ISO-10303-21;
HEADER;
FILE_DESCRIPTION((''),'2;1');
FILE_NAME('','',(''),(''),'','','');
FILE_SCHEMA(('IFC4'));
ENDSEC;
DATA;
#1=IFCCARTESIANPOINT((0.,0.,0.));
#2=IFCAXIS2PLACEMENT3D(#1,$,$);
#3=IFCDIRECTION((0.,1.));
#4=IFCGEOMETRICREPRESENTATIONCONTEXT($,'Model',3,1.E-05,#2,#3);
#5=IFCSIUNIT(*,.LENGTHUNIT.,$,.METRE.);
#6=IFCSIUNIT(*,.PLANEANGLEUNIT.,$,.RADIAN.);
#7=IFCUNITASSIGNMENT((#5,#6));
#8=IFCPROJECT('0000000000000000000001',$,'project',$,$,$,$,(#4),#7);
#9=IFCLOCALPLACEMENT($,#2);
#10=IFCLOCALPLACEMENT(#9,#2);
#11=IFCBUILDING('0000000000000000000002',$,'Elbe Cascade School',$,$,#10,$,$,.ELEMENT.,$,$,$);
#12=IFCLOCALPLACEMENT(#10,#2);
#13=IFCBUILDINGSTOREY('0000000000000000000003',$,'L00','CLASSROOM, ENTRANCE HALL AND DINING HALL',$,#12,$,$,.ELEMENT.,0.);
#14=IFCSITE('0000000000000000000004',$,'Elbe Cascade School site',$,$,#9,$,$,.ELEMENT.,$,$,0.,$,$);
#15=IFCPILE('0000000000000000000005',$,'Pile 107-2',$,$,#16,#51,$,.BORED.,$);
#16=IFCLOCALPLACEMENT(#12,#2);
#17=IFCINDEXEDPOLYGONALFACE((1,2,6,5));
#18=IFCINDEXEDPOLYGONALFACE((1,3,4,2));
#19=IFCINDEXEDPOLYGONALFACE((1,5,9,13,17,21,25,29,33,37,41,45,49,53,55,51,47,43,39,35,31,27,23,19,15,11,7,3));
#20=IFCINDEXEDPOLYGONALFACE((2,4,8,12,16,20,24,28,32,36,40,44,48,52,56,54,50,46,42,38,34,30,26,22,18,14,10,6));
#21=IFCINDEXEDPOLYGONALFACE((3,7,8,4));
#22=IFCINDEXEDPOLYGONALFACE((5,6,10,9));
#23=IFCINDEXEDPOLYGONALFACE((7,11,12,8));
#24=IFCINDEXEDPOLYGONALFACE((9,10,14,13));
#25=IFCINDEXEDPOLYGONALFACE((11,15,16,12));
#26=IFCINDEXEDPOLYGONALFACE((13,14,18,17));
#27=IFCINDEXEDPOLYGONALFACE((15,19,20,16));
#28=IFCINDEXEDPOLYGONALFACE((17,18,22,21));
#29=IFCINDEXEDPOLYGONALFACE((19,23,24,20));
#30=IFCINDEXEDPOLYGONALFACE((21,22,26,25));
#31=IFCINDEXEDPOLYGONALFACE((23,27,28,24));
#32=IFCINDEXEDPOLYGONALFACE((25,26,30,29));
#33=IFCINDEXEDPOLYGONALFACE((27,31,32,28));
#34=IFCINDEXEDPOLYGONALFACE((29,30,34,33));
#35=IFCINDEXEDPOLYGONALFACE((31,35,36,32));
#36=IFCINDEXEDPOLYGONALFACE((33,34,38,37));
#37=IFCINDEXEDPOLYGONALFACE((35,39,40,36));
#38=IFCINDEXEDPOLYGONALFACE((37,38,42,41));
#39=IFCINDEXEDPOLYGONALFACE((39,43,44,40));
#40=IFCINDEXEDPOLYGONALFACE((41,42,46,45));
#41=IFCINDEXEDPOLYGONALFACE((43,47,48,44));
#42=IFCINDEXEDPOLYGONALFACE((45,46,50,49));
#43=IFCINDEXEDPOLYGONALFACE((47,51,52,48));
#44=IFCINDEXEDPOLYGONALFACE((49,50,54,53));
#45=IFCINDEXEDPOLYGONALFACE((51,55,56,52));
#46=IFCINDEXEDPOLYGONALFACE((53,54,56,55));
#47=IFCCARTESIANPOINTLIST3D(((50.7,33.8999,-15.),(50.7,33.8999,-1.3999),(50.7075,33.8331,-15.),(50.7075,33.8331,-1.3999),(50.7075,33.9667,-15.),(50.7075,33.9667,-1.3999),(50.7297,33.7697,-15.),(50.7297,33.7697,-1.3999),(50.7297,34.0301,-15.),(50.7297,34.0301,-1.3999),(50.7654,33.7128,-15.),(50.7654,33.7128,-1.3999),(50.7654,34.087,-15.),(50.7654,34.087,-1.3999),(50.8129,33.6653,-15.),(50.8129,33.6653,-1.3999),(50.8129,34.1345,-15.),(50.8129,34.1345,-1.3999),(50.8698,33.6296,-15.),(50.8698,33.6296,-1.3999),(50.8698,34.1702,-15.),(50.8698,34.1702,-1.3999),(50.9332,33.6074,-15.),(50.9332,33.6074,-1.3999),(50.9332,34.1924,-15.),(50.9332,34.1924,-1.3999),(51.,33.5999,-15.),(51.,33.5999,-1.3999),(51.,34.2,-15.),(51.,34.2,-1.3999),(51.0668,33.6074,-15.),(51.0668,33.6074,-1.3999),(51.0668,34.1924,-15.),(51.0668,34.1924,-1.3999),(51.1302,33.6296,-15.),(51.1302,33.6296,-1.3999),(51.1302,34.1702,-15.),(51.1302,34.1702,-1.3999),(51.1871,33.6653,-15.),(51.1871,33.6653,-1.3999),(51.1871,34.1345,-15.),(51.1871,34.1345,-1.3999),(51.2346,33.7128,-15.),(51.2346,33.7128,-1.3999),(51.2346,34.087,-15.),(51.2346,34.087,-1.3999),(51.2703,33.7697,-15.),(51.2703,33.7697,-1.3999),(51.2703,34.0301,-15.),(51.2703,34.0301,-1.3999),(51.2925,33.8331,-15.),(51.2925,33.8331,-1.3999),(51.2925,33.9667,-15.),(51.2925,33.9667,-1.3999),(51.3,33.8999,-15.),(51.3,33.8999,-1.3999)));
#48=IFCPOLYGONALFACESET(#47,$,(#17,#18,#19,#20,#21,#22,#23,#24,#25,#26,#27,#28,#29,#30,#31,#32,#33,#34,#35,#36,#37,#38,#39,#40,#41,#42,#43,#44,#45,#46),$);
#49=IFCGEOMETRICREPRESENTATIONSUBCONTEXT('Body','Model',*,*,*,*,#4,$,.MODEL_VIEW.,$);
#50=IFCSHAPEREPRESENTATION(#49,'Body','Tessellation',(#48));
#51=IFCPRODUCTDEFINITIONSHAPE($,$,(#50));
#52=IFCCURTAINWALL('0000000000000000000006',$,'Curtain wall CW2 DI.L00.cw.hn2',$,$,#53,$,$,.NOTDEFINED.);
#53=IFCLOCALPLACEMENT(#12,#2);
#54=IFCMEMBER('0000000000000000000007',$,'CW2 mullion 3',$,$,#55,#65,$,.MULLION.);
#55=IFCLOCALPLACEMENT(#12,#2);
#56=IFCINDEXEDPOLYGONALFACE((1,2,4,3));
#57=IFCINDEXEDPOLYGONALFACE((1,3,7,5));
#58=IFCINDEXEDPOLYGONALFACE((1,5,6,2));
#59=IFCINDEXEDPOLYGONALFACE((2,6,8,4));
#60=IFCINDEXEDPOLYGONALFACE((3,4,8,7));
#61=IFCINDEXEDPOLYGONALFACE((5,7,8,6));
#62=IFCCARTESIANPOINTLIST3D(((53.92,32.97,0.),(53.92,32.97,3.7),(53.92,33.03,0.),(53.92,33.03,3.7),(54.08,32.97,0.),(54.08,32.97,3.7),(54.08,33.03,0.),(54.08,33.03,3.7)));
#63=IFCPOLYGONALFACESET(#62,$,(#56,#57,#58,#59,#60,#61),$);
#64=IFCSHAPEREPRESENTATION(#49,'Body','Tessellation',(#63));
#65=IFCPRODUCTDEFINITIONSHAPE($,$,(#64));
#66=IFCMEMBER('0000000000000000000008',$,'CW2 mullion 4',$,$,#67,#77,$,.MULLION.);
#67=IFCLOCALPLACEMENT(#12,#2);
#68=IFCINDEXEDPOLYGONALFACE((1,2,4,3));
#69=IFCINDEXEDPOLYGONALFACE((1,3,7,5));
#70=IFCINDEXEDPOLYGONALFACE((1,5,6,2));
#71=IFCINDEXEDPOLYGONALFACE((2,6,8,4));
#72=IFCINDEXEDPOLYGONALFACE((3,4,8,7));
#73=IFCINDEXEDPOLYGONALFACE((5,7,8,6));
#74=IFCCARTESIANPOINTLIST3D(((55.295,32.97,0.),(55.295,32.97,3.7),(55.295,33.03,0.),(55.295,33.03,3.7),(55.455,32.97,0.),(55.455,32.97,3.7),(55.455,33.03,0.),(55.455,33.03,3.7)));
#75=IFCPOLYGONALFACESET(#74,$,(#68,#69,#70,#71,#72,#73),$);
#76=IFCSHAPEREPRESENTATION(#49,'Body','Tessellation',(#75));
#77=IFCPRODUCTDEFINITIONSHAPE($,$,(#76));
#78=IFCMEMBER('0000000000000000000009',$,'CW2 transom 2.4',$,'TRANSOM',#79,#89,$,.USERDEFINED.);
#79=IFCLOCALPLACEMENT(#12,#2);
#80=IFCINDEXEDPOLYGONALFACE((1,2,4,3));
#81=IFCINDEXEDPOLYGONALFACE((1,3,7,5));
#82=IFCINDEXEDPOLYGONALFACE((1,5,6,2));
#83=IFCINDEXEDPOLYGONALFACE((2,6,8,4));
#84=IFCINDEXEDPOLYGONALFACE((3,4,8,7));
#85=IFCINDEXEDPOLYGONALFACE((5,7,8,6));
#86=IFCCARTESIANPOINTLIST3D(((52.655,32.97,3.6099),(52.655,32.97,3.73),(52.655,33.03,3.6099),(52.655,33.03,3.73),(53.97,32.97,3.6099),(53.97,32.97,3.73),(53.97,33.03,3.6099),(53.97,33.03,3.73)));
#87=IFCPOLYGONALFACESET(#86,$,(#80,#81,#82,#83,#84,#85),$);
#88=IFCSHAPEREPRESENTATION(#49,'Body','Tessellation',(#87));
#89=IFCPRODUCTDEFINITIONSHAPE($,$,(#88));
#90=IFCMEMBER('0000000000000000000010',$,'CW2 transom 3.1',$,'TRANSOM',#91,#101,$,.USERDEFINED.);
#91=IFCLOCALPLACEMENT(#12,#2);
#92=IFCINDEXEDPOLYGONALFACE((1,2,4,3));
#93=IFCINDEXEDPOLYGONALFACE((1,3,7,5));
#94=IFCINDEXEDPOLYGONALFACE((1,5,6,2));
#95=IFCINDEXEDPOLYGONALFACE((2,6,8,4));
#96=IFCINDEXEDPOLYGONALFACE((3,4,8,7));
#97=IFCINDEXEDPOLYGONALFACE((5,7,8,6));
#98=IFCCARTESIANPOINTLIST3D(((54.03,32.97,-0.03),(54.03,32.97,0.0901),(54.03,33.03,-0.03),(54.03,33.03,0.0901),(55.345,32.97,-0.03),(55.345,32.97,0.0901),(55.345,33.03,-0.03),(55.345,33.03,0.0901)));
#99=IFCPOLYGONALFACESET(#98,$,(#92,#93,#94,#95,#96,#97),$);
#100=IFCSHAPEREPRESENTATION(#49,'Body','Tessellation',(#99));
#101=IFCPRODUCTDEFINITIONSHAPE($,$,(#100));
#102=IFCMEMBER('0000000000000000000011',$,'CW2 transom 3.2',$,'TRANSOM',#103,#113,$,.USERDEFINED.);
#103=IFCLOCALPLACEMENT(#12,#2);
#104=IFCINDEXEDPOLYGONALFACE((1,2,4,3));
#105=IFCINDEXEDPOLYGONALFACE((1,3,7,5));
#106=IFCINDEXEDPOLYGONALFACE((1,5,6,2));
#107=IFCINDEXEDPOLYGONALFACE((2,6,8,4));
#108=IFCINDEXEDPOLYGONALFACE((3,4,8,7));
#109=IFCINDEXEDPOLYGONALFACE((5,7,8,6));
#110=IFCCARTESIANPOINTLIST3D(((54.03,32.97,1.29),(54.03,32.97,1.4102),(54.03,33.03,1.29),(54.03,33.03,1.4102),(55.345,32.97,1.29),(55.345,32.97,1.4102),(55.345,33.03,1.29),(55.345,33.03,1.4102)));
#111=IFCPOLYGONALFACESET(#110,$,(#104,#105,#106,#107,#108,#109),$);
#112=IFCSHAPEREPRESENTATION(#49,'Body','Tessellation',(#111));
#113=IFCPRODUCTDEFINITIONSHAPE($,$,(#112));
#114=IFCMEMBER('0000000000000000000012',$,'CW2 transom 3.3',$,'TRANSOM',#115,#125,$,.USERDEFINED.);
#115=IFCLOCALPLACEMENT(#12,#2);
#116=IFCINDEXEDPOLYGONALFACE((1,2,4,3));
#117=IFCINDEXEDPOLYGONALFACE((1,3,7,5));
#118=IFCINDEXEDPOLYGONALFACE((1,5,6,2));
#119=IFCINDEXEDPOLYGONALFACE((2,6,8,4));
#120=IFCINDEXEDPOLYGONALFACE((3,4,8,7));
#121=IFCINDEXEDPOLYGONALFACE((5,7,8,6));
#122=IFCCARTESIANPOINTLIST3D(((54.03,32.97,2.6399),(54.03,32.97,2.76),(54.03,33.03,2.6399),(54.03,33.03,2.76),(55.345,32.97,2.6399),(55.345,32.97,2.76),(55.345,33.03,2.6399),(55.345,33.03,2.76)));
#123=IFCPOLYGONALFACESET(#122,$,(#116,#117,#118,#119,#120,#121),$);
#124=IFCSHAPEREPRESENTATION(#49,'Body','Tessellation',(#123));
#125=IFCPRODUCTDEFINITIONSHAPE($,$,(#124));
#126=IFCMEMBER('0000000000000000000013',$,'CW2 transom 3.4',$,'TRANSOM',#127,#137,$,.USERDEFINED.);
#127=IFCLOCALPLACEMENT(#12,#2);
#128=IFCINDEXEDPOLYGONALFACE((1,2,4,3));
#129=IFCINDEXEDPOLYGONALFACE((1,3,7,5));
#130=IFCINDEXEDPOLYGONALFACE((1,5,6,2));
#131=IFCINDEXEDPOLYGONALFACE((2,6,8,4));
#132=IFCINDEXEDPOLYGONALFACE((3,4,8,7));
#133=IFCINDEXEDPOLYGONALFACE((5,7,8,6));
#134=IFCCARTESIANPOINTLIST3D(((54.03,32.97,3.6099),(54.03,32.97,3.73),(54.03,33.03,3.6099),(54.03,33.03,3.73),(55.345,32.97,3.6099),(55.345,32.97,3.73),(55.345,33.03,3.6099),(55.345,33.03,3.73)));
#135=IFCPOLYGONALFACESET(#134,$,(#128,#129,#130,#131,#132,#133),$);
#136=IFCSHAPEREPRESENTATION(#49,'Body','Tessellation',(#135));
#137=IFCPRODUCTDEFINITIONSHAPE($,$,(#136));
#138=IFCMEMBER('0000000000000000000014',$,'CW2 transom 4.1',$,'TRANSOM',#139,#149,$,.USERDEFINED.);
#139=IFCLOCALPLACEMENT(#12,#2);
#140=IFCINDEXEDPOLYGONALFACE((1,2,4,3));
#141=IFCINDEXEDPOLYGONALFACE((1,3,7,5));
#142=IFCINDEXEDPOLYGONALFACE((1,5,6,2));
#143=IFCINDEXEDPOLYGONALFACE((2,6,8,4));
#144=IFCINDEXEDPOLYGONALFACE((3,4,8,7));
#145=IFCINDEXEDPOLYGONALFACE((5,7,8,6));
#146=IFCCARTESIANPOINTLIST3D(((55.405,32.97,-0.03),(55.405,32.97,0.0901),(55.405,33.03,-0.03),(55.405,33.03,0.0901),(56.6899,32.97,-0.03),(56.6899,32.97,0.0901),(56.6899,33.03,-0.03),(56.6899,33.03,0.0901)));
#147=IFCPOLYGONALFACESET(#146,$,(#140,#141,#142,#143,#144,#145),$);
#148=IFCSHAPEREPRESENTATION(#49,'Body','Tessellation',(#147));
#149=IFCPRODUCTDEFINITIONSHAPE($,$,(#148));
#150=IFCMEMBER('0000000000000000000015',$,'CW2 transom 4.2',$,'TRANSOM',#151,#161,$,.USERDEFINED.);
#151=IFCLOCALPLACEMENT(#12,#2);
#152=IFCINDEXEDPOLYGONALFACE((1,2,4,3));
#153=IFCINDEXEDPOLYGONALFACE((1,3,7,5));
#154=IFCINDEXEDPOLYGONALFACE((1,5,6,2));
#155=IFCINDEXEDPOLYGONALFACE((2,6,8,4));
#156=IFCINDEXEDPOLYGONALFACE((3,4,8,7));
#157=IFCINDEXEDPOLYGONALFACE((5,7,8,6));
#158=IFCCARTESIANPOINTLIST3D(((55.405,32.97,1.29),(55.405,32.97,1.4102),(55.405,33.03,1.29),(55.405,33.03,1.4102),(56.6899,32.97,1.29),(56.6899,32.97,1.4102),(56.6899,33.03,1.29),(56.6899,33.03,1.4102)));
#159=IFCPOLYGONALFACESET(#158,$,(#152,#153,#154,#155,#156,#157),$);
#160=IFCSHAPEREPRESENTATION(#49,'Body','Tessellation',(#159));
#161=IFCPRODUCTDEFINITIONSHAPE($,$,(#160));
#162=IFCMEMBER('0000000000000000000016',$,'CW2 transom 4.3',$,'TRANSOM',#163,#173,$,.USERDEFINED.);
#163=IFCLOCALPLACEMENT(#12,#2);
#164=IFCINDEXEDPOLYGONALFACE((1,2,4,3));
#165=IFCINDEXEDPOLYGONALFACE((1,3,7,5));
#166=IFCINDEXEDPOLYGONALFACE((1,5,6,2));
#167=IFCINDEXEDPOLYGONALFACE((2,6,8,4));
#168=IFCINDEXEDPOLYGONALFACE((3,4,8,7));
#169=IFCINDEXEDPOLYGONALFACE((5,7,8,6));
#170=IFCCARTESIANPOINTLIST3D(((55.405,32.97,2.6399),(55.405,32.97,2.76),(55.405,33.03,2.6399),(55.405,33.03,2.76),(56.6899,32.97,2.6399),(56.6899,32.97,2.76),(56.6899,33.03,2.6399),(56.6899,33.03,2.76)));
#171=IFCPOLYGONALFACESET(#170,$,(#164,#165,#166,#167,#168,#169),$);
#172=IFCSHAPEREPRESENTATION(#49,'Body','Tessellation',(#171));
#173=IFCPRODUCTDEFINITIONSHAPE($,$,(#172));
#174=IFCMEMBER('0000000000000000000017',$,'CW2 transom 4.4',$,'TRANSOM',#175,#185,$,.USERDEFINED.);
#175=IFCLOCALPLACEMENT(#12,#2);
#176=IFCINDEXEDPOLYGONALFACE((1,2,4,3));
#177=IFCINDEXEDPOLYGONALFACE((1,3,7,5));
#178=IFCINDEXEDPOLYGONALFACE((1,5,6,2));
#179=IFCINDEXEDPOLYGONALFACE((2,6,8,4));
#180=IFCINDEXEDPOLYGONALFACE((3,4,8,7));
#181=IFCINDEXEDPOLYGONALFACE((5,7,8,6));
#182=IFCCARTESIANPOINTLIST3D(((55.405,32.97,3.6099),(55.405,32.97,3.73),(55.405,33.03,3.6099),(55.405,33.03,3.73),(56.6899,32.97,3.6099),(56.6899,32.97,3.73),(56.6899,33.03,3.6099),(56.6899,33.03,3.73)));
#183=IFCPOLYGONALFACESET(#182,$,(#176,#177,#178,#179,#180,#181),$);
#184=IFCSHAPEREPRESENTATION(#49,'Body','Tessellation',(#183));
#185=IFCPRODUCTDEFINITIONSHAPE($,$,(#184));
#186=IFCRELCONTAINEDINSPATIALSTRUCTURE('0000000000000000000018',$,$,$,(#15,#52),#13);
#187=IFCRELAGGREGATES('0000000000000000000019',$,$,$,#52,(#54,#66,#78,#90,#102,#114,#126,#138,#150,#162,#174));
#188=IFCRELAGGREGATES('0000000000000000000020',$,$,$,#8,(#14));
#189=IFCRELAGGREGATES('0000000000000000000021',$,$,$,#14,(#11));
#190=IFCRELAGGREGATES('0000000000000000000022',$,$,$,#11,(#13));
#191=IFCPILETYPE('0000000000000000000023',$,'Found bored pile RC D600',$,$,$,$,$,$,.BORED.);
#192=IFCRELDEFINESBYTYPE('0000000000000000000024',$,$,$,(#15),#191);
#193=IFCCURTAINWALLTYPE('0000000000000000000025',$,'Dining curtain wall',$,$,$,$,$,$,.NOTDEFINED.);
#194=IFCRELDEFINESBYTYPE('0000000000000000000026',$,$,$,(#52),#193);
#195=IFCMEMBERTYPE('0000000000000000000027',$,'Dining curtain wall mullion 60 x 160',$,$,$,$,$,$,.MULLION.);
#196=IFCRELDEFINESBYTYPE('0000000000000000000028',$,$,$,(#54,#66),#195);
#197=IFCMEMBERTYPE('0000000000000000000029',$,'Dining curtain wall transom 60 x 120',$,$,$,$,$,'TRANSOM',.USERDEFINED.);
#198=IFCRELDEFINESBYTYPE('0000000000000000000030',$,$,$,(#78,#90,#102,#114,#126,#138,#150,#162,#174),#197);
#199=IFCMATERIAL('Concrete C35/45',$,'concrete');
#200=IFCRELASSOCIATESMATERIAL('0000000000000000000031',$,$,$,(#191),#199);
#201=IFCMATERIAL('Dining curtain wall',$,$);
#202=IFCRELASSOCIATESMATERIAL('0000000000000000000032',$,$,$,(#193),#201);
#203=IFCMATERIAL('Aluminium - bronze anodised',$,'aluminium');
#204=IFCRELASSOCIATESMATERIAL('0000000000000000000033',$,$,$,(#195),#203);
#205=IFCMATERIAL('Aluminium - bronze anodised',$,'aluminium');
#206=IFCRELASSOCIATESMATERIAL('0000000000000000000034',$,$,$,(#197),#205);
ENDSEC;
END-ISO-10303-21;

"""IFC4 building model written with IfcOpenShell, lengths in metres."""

from ifc_helpers import new_model, si_unit, direction, frame, origin, origin_2d, place, context, subcontext, project, spatial, rectangle, circle, extrude, material, material_profile, profile_set, type_object, element, aggregate, save


model = new_model("IFC4")

# Units and contexts
model_context = context("Model", 3, precision=1e-05, world=origin(), true_north=direction((0.0, 1.0)))
body_context = subcontext(model_context, "Body", "Model", "MODEL_VIEW")
ifc_project = project(units=[si_unit("LENGTHUNIT", "METRE"), si_unit("PLANEANGLEUNIT", "RADIAN")], contexts=[model_context])

# Site, building, storey
site_placement = place(None, origin())
site = spatial("IfcSite", under=ifc_project, at=site_placement, Name="Elbe Cascade School site", CompositionType="ELEMENT", RefElevation=0.0)
building_placement = place(site_placement, origin())
building = spatial("IfcBuilding", under=site, at=building_placement, Name="Elbe Cascade School", CompositionType="ELEMENT")
storey_placement = place(building_placement, origin())
storey = spatial("IfcBuildingStorey", under=building, at=storey_placement, Name="L00", Description="CLASSROOM, ENTRANCE HALL AND DINING HALL", CompositionType="ELEMENT", Elevation=0.0)

# Pile
ifc_material_1 = material(Name="Concrete C35/45", Category="concrete")
ifc_material_profile_1 = material_profile(ifc_material_1, circle(Radius=0.3, at=origin_2d()), Name="RC D600")
ifc_profile_set_1 = profile_set([ifc_material_profile_1], Name="Concrete C35/45")
pile_type = type_object("IfcPileType", Name="Found bored pile RC D600", PredefinedType="BORED", material=ifc_profile_set_1)
pile_placement = place(storey_placement, frame((51.0, 33.8999, -1.3999), z_axis=(0.0, 0.0, -1.0), x_axis=(1.0, 0.0, 0.0)))
element("IfcPile", 1, at=pile_placement, inside=storey, type_object=pile_type, Name="Pile 107-2", PredefinedType="BORED", context=body_context, shape_type="SweptSolid", body=[
    extrude(circle(Radius=0.3, at=origin_2d()), origin(), (0.0, 0.0, 1.0), 13.6001),
])

# Curtain wall, members
ifc_material_2 = material(Name="Dining curtain wall")
curtain_wall_type_1 = type_object("IfcCurtainWallType", Name="Dining curtain wall", PredefinedType="NOTDEFINED", material=ifc_material_2)
curtain_wall_1_placement = place(storey_placement, origin())
curtain_wall_1 = element("IfcCurtainWall", 2, at=curtain_wall_1_placement, inside=storey, type_object=curtain_wall_type_1, Name="Curtain wall CW2 DI.L00.cw.hn2", PredefinedType="NOTDEFINED")
ifc_material_3 = material(Name="Aluminium - bronze anodised", Category="aluminium")
ifc_material_profile_2 = material_profile(ifc_material_3, rectangle(XDim=0.0601, YDim=0.1599, at=origin_2d()), Name="RECT 60x160")
ifc_profile_set_2 = profile_set([ifc_material_profile_2], Name="Aluminium - bronze anodised")
member_type_1 = type_object("IfcMemberType", Name="Dining curtain wall mullion 60 x 160", PredefinedType="MULLION", material=ifc_profile_set_2)
member_1_placement = place(storey_placement, frame((54.0, 33.0, 0.0), z_axis=(0.0, 0.0, 1.0), x_axis=(0.0, 1.0, 0.0)))
member_1 = element("IfcMember", 3, at=member_1_placement, type_object=member_type_1, Name="CW2 mullion 3", PredefinedType="MULLION", context=body_context, shape_type="SweptSolid", body=[
    extrude(rectangle(XDim=0.0601, YDim=0.1599, at=origin_2d()), origin(), (0.0, 0.0, 1.0), 3.7),
])
member_2_placement = place(storey_placement, frame((55.375, 33.0, 0.0), z_axis=(0.0, 0.0, 1.0), x_axis=(0.0, 1.0, 0.0)))
member_2 = element("IfcMember", 4, at=member_2_placement, type_object=member_type_1, Name="CW2 mullion 4", PredefinedType="MULLION", context=body_context, shape_type="SweptSolid", body=[
    extrude(rectangle(XDim=0.0601, YDim=0.1599, at=origin_2d()), origin(), (0.0, 0.0, 1.0), 3.7),
])
ifc_material_4 = material(Name="Aluminium - bronze anodised", Category="aluminium")
ifc_material_profile_3 = material_profile(ifc_material_4, rectangle(XDim=0.0601, YDim=0.1201, at=origin_2d()), Name="RECT 60x120")
ifc_profile_set_3 = profile_set([ifc_material_profile_3], Name="Aluminium - bronze anodised")
member_type_2 = type_object("IfcMemberType", Name="Dining curtain wall transom 60 x 120", ElementType="TRANSOM", PredefinedType="USERDEFINED", material=ifc_profile_set_3)
member_3_placement = place(storey_placement, frame((52.655, 33.0, 3.6699), z_axis=(1.0, 0.0, 0.0), x_axis=(0.0, 1.0, 0.0)))
member_3 = element("IfcMember", 5, at=member_3_placement, type_object=member_type_2, Name="CW2 transom 2.4", ObjectType="TRANSOM", PredefinedType="USERDEFINED", context=body_context, shape_type="SweptSolid", body=[
    extrude(rectangle(XDim=0.0601, YDim=0.1201, at=origin_2d()), origin(), (0.0, 0.0, 1.0), 1.3149),
])
member_4_placement = place(storey_placement, frame((54.03, 33.0, 0.03), z_axis=(1.0, 0.0, 0.0), x_axis=(0.0, 1.0, 0.0)))
member_4 = element("IfcMember", 6, at=member_4_placement, type_object=member_type_2, Name="CW2 transom 3.1", ObjectType="TRANSOM", PredefinedType="USERDEFINED", context=body_context, shape_type="SweptSolid", body=[
    extrude(rectangle(XDim=0.0601, YDim=0.1201, at=origin_2d()), origin(), (0.0, 0.0, 1.0), 1.3149),
])
member_5_placement = place(storey_placement, frame((54.03, 33.0, 1.3501), z_axis=(1.0, 0.0, 0.0), x_axis=(0.0, 1.0, 0.0)))
member_5 = element("IfcMember", 7, at=member_5_placement, type_object=member_type_2, Name="CW2 transom 3.2", ObjectType="TRANSOM", PredefinedType="USERDEFINED", context=body_context, shape_type="SweptSolid", body=[
    extrude(rectangle(XDim=0.0601, YDim=0.1201, at=origin_2d()), origin(), (0.0, 0.0, 1.0), 1.3149),
])
member_6_placement = place(storey_placement, frame((54.03, 33.0, 2.7), z_axis=(1.0, 0.0, 0.0), x_axis=(0.0, 1.0, 0.0)))
member_6 = element("IfcMember", 8, at=member_6_placement, type_object=member_type_2, Name="CW2 transom 3.3", ObjectType="TRANSOM", PredefinedType="USERDEFINED", context=body_context, shape_type="SweptSolid", body=[
    extrude(rectangle(XDim=0.0601, YDim=0.1201, at=origin_2d()), origin(), (0.0, 0.0, 1.0), 1.3149),
])
member_7_placement = place(storey_placement, frame((54.03, 33.0, 3.6699), z_axis=(1.0, 0.0, 0.0), x_axis=(0.0, 1.0, 0.0)))
member_7 = element("IfcMember", 9, at=member_7_placement, type_object=member_type_2, Name="CW2 transom 3.4", ObjectType="TRANSOM", PredefinedType="USERDEFINED", context=body_context, shape_type="SweptSolid", body=[
    extrude(rectangle(XDim=0.0601, YDim=0.1201, at=origin_2d()), origin(), (0.0, 0.0, 1.0), 1.3149),
])
member_8_placement = place(storey_placement, frame((55.405, 33.0, 0.03), z_axis=(1.0, 0.0, 0.0), x_axis=(0.0, 1.0, 0.0)))
member_8 = element("IfcMember", 10, at=member_8_placement, type_object=member_type_2, Name="CW2 transom 4.1", ObjectType="TRANSOM", PredefinedType="USERDEFINED", context=body_context, shape_type="SweptSolid", body=[
    extrude(rectangle(XDim=0.0601, YDim=0.1201, at=origin_2d()), origin(), (0.0, 0.0, 1.0), 1.2849),
])
member_9_placement = place(storey_placement, frame((55.405, 33.0, 1.3501), z_axis=(1.0, 0.0, 0.0), x_axis=(0.0, 1.0, 0.0)))
member_9 = element("IfcMember", 11, at=member_9_placement, type_object=member_type_2, Name="CW2 transom 4.2", ObjectType="TRANSOM", PredefinedType="USERDEFINED", context=body_context, shape_type="SweptSolid", body=[
    extrude(rectangle(XDim=0.0601, YDim=0.1201, at=origin_2d()), origin(), (0.0, 0.0, 1.0), 1.2849),
])
member_10_placement = place(storey_placement, frame((55.405, 33.0, 2.7), z_axis=(1.0, 0.0, 0.0), x_axis=(0.0, 1.0, 0.0)))
member_10 = element("IfcMember", 12, at=member_10_placement, type_object=member_type_2, Name="CW2 transom 4.3", ObjectType="TRANSOM", PredefinedType="USERDEFINED", context=body_context, shape_type="SweptSolid", body=[
    extrude(rectangle(XDim=0.0601, YDim=0.1201, at=origin_2d()), origin(), (0.0, 0.0, 1.0), 1.2849),
])
member_11_placement = place(storey_placement, frame((55.405, 33.0, 3.6699), z_axis=(1.0, 0.0, 0.0), x_axis=(0.0, 1.0, 0.0)))
member_11 = element("IfcMember", 13, at=member_11_placement, type_object=member_type_2, Name="CW2 transom 4.4", ObjectType="TRANSOM", PredefinedType="USERDEFINED", context=body_context, shape_type="SweptSolid", body=[
    extrude(rectangle(XDim=0.0601, YDim=0.1201, at=origin_2d()), origin(), (0.0, 0.0, 1.0), 1.2849),
])

aggregate(curtain_wall_1, [member_1, member_2, member_3, member_4, member_5, member_6, member_7, member_8, member_9, member_10, member_11])

save(model, "model.ifc")
